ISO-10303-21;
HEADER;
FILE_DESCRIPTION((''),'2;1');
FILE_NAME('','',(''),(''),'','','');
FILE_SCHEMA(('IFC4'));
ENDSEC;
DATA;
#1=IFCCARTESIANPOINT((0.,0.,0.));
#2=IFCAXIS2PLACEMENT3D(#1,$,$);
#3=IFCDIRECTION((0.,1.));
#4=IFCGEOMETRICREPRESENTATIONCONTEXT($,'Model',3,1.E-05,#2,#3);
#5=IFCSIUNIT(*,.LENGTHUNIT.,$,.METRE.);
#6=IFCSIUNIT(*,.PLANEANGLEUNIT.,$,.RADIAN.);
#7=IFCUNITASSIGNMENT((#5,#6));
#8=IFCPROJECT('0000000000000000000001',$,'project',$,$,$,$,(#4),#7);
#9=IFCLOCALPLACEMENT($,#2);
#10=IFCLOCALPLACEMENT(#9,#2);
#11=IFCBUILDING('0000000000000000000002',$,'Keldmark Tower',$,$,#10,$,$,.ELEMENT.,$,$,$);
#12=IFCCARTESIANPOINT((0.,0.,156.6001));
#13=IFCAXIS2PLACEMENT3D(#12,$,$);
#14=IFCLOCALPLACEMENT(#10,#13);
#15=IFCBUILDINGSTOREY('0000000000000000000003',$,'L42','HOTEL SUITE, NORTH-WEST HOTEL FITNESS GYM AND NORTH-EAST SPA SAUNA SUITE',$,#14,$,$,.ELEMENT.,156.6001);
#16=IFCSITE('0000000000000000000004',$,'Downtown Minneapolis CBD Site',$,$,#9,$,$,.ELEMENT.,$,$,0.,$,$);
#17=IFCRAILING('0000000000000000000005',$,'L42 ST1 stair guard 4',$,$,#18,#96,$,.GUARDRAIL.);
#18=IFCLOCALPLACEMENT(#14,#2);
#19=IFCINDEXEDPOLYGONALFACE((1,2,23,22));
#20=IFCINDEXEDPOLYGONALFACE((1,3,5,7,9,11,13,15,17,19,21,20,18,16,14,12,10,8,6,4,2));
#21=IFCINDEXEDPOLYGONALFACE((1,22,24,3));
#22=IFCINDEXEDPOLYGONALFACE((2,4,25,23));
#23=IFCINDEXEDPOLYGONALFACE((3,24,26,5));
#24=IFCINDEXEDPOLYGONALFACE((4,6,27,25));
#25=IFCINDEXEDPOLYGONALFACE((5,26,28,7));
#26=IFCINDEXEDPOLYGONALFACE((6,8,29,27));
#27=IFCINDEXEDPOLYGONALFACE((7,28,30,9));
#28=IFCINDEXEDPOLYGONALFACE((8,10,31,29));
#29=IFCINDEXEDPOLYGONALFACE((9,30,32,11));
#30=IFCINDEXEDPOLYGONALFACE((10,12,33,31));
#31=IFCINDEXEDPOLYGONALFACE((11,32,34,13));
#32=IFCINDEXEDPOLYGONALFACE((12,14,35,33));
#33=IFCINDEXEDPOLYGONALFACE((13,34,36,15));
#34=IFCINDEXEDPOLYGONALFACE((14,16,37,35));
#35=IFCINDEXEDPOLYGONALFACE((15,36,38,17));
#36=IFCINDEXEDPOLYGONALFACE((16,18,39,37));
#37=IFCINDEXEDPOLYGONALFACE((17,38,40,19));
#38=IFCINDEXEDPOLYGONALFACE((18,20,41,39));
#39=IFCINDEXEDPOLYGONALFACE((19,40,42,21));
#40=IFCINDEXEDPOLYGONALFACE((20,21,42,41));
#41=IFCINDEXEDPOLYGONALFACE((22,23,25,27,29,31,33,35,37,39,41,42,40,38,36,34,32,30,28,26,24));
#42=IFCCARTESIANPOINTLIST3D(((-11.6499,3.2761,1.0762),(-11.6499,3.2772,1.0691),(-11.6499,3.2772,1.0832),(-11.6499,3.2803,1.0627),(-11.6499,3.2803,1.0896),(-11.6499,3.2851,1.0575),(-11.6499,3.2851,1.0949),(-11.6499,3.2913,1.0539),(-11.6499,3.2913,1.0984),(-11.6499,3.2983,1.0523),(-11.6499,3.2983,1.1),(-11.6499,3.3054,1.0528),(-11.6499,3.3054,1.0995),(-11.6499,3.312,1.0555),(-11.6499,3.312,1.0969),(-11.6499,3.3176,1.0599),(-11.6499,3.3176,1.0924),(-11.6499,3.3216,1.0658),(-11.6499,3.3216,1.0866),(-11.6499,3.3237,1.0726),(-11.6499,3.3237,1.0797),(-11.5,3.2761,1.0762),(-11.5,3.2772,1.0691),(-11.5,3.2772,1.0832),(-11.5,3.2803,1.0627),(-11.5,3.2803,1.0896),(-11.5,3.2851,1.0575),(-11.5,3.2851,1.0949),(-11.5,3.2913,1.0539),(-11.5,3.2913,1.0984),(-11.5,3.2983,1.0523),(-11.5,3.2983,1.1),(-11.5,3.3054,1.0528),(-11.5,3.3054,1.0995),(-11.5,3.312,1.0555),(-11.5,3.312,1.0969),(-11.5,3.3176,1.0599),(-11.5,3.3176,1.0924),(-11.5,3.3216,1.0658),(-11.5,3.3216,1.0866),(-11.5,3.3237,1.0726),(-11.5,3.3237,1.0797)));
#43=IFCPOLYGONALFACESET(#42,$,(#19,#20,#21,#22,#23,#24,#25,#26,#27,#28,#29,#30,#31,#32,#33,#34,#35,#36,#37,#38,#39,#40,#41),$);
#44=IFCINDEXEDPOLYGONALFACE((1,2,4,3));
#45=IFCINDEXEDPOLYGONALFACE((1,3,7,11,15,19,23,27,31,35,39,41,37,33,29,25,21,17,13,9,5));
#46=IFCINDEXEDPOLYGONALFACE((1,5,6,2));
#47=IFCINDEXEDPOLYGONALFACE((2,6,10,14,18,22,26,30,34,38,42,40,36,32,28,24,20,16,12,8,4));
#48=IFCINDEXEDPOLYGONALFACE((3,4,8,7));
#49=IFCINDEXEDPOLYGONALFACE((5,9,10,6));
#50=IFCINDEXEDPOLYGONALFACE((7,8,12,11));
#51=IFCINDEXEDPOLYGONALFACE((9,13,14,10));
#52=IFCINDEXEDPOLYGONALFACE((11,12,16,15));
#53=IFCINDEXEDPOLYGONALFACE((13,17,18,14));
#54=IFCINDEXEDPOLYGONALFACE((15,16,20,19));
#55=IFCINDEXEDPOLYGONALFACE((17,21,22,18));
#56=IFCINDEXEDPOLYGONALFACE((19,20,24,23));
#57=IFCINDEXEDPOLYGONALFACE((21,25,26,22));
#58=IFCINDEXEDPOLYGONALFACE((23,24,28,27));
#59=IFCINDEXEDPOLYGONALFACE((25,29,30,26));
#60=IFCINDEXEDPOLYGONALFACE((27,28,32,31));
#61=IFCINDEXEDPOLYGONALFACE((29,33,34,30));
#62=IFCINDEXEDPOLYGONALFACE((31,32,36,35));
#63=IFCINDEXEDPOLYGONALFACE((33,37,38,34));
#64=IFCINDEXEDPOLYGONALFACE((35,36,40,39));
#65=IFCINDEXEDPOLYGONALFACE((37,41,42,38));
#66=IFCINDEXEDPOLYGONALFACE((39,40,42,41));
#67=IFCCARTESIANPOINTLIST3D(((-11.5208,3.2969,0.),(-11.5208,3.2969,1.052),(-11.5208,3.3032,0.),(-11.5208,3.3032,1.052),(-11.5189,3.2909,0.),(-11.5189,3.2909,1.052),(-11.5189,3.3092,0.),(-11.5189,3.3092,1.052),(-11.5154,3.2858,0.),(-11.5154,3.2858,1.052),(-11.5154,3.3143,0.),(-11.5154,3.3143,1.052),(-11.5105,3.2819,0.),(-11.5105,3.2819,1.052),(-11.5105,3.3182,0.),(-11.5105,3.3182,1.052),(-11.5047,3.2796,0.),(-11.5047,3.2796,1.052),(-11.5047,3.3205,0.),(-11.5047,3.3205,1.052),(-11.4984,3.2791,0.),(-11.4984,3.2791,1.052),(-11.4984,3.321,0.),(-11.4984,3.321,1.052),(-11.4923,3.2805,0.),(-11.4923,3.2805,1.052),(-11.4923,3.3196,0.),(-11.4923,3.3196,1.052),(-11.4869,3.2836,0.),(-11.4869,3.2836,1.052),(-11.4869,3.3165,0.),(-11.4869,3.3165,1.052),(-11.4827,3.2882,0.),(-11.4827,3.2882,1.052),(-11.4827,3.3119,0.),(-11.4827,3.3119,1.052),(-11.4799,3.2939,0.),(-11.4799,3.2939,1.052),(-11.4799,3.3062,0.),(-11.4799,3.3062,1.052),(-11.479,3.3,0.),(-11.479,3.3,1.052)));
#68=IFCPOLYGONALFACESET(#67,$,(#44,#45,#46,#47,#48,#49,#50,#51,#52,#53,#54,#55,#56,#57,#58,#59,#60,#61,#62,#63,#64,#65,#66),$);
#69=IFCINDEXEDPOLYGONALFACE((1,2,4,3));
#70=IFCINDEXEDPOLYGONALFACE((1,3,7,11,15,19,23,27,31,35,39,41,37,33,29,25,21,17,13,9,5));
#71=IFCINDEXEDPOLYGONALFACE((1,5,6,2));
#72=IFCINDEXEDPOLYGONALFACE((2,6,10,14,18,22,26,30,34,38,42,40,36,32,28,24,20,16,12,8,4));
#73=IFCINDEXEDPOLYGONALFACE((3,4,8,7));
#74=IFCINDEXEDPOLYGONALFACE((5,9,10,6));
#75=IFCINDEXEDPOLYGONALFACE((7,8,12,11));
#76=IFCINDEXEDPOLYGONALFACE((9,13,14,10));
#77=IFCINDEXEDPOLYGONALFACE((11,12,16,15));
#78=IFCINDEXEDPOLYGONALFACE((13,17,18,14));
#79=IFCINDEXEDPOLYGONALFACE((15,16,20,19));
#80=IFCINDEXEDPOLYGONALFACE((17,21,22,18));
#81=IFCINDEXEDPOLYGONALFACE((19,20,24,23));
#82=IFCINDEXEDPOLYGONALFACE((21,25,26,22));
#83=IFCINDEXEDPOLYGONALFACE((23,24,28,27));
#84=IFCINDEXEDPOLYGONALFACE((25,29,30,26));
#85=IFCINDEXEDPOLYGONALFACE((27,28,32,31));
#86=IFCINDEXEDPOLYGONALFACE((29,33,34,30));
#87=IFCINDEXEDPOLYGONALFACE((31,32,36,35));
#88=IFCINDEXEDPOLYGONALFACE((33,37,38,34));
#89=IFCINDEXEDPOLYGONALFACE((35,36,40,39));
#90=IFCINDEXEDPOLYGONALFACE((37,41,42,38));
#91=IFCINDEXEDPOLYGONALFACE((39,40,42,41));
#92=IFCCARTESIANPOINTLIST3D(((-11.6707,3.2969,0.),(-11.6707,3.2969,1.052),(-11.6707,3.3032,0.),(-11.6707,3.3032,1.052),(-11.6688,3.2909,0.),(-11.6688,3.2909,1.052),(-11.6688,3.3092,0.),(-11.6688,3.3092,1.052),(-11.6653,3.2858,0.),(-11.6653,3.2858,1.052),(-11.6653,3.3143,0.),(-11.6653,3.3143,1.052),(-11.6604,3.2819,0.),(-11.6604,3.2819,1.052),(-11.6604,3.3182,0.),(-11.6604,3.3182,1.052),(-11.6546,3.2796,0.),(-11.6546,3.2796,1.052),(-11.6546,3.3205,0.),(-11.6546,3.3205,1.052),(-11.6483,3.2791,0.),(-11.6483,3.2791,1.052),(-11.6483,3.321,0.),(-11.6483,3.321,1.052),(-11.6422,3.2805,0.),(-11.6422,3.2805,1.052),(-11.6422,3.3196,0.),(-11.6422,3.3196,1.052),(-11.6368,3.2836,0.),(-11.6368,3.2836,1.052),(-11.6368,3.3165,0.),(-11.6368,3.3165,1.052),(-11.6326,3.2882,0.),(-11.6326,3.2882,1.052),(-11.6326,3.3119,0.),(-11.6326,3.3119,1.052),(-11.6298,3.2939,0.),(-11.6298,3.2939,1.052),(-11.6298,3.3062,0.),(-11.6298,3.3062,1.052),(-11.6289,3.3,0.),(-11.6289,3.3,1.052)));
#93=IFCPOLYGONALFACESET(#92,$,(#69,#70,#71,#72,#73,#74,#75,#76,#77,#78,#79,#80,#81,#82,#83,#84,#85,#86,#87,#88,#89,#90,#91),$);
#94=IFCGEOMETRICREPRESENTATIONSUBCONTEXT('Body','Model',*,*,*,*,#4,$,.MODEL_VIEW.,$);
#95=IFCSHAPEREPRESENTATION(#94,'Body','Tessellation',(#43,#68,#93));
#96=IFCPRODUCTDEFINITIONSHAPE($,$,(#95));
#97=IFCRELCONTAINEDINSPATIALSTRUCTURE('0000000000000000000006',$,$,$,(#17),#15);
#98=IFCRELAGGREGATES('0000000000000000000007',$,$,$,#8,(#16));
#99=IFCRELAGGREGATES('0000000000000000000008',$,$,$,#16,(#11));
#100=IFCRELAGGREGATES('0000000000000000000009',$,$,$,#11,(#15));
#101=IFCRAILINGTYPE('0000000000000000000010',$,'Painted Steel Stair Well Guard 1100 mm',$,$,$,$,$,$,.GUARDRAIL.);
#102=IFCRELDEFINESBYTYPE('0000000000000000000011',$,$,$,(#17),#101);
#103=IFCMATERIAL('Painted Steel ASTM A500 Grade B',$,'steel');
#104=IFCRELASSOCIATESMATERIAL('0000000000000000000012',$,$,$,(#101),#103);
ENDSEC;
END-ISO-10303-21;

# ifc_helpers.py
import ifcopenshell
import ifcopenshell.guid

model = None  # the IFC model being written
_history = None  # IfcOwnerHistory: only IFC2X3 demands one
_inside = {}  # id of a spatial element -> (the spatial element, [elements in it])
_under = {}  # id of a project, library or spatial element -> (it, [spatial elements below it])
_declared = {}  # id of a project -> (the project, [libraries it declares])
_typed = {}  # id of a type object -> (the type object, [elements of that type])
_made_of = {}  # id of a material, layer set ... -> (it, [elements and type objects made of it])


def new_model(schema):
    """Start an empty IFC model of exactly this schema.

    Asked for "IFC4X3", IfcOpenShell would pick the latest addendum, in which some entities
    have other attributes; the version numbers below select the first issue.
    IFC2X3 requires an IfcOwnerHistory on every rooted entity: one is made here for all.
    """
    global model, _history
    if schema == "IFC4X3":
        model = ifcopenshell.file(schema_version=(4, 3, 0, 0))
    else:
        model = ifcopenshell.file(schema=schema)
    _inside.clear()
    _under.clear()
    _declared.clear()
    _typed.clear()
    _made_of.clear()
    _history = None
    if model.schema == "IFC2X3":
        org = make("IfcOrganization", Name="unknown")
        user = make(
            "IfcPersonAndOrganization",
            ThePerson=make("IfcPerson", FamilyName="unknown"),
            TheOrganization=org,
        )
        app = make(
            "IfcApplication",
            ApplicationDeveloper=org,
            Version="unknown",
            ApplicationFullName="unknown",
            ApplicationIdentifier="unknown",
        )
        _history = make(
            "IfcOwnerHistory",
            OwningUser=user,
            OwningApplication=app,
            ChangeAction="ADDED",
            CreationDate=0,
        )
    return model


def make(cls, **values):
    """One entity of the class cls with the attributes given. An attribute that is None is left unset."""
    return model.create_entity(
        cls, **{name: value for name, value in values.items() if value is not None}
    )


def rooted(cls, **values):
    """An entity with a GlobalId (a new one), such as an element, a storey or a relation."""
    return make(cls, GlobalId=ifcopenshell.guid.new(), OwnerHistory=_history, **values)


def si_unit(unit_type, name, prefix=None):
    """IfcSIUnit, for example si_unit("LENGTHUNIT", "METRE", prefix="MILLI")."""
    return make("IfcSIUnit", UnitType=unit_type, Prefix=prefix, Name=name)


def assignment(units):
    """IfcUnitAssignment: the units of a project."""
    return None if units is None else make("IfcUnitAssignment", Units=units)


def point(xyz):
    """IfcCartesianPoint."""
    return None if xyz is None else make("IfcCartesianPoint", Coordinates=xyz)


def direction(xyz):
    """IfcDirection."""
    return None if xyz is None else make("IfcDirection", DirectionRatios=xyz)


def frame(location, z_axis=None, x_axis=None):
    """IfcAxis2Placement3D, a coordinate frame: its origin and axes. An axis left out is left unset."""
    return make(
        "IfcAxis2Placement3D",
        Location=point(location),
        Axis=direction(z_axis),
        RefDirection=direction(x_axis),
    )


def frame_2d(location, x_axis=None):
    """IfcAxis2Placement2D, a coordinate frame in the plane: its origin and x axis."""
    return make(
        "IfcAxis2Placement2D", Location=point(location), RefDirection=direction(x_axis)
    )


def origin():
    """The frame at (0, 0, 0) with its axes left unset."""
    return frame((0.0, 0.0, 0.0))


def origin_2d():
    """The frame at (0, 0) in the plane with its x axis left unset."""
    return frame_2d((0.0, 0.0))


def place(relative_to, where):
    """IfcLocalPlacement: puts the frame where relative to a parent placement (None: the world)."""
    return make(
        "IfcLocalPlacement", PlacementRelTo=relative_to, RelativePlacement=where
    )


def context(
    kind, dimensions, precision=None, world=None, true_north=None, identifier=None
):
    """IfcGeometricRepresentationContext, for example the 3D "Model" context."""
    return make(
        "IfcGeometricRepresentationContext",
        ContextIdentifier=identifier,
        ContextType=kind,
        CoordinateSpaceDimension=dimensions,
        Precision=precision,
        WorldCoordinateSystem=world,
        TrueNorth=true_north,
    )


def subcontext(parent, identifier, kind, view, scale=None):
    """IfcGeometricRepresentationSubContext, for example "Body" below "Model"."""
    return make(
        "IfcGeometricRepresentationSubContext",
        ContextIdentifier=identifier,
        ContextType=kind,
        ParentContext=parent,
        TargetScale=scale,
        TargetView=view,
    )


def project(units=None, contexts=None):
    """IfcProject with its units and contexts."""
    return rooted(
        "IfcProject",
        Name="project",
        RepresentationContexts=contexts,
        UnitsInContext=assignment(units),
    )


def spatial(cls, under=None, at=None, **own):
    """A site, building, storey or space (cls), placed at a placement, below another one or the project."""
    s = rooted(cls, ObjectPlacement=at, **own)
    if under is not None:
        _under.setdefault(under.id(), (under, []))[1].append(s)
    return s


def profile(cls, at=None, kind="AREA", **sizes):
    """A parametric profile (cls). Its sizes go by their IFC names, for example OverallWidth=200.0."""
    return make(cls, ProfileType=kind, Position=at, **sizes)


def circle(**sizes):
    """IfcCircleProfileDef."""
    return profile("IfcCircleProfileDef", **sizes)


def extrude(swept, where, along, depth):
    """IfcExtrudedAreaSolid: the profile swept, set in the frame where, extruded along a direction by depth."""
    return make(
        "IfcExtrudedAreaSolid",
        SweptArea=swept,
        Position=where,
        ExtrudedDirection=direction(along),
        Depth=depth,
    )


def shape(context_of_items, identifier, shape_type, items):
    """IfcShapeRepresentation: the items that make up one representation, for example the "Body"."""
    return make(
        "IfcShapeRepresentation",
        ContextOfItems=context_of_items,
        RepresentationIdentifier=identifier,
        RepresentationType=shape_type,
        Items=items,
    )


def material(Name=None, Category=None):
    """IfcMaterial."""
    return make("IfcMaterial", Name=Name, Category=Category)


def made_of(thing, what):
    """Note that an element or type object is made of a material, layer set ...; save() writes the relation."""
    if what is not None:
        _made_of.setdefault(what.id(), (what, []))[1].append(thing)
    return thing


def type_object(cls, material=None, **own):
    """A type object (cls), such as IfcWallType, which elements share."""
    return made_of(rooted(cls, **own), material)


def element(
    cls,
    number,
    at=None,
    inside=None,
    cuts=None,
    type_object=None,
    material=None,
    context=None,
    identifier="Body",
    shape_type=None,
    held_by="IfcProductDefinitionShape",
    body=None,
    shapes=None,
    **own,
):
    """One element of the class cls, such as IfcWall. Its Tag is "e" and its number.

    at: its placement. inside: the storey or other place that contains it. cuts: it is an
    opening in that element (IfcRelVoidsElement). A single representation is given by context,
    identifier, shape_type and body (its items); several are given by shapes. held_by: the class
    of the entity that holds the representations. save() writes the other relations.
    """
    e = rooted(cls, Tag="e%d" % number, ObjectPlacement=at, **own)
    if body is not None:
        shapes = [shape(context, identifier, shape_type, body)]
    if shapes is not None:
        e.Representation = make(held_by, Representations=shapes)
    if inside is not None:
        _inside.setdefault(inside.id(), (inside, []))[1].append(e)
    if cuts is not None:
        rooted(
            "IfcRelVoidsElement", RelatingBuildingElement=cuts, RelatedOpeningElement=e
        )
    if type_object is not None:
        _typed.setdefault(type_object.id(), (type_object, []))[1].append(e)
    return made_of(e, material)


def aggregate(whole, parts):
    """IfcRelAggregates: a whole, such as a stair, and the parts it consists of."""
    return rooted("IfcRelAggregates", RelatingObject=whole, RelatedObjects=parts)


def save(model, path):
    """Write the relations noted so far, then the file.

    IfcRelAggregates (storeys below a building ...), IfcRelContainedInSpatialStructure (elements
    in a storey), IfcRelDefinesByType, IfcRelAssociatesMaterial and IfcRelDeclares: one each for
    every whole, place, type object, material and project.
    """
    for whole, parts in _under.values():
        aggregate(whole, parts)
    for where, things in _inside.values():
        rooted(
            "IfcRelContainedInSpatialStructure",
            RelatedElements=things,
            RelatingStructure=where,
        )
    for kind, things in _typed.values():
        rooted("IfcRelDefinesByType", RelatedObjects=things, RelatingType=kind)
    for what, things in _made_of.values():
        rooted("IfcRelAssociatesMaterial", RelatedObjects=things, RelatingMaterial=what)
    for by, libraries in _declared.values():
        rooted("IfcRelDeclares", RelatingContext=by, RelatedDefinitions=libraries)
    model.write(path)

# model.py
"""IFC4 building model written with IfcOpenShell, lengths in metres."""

from ifc_helpers import new_model, si_unit, direction, frame, origin, origin_2d, place, context, subcontext, project, spatial, circle, extrude, material, type_object, element, save


model = new_model("IFC4")

# Units and contexts
model_context = context("Model", 3, precision=1e-05, world=origin(), true_north=direction((0.0, 1.0)))
body_context = subcontext(model_context, "Body", "Model", "MODEL_VIEW")
ifc_project = project(units=[si_unit("LENGTHUNIT", "METRE"), si_unit("PLANEANGLEUNIT", "RADIAN")], contexts=[model_context])

# Site, building, storey
site_placement = place(None, origin())
site = spatial("IfcSite", under=ifc_project, at=site_placement, Name="Downtown Minneapolis CBD Site", CompositionType="ELEMENT", RefElevation=0.0)
building_placement = place(site_placement, origin())
building = spatial("IfcBuilding", under=site, at=building_placement, Name="Keldmark Tower", CompositionType="ELEMENT")
storey_placement = place(building_placement, frame((0.0, 0.0, 156.6001)))
storey = spatial("IfcBuildingStorey", under=building, at=storey_placement, Name="L42", Description="HOTEL SUITE, NORTH-WEST HOTEL FITNESS GYM AND NORTH-EAST SPA SAUNA SUITE", CompositionType="ELEMENT", Elevation=156.6001)

# Railing
ifc_material_1 = material(Name="Painted Steel ASTM A500 Grade B", Category="steel")
railing_type_1 = type_object("IfcRailingType", Name="Painted Steel Stair Well Guard 1100 mm", PredefinedType="GUARDRAIL", material=ifc_material_1)
railing_1_placement = place(storey_placement, frame((-11.5, 3.3, 0.0)))
element("IfcRailing", 1, at=railing_1_placement, inside=storey, type_object=railing_type_1, Name="L42 ST1 stair guard 4", PredefinedType="GUARDRAIL", context=body_context, shape_type="SweptSolid", body=[
    extrude(circle(Radius=0.0239, at=origin_2d()), frame((0.0, 0.0, 1.0762), z_axis=(-1.0, 0.0, 0.0), x_axis=(0.0, -1.0, 0.0)), (0.0, 0.0, 1.0), 0.1499),
    extrude(circle(Radius=0.021, at=origin_2d()), origin(), (0.0, 0.0, 1.0), 1.052),
    extrude(circle(Radius=0.021, at=origin_2d()), frame((-0.1499, 0.0, 0.0)), (0.0, 0.0, 1.0), 1.052),
])

save(model, "model.ifc")
